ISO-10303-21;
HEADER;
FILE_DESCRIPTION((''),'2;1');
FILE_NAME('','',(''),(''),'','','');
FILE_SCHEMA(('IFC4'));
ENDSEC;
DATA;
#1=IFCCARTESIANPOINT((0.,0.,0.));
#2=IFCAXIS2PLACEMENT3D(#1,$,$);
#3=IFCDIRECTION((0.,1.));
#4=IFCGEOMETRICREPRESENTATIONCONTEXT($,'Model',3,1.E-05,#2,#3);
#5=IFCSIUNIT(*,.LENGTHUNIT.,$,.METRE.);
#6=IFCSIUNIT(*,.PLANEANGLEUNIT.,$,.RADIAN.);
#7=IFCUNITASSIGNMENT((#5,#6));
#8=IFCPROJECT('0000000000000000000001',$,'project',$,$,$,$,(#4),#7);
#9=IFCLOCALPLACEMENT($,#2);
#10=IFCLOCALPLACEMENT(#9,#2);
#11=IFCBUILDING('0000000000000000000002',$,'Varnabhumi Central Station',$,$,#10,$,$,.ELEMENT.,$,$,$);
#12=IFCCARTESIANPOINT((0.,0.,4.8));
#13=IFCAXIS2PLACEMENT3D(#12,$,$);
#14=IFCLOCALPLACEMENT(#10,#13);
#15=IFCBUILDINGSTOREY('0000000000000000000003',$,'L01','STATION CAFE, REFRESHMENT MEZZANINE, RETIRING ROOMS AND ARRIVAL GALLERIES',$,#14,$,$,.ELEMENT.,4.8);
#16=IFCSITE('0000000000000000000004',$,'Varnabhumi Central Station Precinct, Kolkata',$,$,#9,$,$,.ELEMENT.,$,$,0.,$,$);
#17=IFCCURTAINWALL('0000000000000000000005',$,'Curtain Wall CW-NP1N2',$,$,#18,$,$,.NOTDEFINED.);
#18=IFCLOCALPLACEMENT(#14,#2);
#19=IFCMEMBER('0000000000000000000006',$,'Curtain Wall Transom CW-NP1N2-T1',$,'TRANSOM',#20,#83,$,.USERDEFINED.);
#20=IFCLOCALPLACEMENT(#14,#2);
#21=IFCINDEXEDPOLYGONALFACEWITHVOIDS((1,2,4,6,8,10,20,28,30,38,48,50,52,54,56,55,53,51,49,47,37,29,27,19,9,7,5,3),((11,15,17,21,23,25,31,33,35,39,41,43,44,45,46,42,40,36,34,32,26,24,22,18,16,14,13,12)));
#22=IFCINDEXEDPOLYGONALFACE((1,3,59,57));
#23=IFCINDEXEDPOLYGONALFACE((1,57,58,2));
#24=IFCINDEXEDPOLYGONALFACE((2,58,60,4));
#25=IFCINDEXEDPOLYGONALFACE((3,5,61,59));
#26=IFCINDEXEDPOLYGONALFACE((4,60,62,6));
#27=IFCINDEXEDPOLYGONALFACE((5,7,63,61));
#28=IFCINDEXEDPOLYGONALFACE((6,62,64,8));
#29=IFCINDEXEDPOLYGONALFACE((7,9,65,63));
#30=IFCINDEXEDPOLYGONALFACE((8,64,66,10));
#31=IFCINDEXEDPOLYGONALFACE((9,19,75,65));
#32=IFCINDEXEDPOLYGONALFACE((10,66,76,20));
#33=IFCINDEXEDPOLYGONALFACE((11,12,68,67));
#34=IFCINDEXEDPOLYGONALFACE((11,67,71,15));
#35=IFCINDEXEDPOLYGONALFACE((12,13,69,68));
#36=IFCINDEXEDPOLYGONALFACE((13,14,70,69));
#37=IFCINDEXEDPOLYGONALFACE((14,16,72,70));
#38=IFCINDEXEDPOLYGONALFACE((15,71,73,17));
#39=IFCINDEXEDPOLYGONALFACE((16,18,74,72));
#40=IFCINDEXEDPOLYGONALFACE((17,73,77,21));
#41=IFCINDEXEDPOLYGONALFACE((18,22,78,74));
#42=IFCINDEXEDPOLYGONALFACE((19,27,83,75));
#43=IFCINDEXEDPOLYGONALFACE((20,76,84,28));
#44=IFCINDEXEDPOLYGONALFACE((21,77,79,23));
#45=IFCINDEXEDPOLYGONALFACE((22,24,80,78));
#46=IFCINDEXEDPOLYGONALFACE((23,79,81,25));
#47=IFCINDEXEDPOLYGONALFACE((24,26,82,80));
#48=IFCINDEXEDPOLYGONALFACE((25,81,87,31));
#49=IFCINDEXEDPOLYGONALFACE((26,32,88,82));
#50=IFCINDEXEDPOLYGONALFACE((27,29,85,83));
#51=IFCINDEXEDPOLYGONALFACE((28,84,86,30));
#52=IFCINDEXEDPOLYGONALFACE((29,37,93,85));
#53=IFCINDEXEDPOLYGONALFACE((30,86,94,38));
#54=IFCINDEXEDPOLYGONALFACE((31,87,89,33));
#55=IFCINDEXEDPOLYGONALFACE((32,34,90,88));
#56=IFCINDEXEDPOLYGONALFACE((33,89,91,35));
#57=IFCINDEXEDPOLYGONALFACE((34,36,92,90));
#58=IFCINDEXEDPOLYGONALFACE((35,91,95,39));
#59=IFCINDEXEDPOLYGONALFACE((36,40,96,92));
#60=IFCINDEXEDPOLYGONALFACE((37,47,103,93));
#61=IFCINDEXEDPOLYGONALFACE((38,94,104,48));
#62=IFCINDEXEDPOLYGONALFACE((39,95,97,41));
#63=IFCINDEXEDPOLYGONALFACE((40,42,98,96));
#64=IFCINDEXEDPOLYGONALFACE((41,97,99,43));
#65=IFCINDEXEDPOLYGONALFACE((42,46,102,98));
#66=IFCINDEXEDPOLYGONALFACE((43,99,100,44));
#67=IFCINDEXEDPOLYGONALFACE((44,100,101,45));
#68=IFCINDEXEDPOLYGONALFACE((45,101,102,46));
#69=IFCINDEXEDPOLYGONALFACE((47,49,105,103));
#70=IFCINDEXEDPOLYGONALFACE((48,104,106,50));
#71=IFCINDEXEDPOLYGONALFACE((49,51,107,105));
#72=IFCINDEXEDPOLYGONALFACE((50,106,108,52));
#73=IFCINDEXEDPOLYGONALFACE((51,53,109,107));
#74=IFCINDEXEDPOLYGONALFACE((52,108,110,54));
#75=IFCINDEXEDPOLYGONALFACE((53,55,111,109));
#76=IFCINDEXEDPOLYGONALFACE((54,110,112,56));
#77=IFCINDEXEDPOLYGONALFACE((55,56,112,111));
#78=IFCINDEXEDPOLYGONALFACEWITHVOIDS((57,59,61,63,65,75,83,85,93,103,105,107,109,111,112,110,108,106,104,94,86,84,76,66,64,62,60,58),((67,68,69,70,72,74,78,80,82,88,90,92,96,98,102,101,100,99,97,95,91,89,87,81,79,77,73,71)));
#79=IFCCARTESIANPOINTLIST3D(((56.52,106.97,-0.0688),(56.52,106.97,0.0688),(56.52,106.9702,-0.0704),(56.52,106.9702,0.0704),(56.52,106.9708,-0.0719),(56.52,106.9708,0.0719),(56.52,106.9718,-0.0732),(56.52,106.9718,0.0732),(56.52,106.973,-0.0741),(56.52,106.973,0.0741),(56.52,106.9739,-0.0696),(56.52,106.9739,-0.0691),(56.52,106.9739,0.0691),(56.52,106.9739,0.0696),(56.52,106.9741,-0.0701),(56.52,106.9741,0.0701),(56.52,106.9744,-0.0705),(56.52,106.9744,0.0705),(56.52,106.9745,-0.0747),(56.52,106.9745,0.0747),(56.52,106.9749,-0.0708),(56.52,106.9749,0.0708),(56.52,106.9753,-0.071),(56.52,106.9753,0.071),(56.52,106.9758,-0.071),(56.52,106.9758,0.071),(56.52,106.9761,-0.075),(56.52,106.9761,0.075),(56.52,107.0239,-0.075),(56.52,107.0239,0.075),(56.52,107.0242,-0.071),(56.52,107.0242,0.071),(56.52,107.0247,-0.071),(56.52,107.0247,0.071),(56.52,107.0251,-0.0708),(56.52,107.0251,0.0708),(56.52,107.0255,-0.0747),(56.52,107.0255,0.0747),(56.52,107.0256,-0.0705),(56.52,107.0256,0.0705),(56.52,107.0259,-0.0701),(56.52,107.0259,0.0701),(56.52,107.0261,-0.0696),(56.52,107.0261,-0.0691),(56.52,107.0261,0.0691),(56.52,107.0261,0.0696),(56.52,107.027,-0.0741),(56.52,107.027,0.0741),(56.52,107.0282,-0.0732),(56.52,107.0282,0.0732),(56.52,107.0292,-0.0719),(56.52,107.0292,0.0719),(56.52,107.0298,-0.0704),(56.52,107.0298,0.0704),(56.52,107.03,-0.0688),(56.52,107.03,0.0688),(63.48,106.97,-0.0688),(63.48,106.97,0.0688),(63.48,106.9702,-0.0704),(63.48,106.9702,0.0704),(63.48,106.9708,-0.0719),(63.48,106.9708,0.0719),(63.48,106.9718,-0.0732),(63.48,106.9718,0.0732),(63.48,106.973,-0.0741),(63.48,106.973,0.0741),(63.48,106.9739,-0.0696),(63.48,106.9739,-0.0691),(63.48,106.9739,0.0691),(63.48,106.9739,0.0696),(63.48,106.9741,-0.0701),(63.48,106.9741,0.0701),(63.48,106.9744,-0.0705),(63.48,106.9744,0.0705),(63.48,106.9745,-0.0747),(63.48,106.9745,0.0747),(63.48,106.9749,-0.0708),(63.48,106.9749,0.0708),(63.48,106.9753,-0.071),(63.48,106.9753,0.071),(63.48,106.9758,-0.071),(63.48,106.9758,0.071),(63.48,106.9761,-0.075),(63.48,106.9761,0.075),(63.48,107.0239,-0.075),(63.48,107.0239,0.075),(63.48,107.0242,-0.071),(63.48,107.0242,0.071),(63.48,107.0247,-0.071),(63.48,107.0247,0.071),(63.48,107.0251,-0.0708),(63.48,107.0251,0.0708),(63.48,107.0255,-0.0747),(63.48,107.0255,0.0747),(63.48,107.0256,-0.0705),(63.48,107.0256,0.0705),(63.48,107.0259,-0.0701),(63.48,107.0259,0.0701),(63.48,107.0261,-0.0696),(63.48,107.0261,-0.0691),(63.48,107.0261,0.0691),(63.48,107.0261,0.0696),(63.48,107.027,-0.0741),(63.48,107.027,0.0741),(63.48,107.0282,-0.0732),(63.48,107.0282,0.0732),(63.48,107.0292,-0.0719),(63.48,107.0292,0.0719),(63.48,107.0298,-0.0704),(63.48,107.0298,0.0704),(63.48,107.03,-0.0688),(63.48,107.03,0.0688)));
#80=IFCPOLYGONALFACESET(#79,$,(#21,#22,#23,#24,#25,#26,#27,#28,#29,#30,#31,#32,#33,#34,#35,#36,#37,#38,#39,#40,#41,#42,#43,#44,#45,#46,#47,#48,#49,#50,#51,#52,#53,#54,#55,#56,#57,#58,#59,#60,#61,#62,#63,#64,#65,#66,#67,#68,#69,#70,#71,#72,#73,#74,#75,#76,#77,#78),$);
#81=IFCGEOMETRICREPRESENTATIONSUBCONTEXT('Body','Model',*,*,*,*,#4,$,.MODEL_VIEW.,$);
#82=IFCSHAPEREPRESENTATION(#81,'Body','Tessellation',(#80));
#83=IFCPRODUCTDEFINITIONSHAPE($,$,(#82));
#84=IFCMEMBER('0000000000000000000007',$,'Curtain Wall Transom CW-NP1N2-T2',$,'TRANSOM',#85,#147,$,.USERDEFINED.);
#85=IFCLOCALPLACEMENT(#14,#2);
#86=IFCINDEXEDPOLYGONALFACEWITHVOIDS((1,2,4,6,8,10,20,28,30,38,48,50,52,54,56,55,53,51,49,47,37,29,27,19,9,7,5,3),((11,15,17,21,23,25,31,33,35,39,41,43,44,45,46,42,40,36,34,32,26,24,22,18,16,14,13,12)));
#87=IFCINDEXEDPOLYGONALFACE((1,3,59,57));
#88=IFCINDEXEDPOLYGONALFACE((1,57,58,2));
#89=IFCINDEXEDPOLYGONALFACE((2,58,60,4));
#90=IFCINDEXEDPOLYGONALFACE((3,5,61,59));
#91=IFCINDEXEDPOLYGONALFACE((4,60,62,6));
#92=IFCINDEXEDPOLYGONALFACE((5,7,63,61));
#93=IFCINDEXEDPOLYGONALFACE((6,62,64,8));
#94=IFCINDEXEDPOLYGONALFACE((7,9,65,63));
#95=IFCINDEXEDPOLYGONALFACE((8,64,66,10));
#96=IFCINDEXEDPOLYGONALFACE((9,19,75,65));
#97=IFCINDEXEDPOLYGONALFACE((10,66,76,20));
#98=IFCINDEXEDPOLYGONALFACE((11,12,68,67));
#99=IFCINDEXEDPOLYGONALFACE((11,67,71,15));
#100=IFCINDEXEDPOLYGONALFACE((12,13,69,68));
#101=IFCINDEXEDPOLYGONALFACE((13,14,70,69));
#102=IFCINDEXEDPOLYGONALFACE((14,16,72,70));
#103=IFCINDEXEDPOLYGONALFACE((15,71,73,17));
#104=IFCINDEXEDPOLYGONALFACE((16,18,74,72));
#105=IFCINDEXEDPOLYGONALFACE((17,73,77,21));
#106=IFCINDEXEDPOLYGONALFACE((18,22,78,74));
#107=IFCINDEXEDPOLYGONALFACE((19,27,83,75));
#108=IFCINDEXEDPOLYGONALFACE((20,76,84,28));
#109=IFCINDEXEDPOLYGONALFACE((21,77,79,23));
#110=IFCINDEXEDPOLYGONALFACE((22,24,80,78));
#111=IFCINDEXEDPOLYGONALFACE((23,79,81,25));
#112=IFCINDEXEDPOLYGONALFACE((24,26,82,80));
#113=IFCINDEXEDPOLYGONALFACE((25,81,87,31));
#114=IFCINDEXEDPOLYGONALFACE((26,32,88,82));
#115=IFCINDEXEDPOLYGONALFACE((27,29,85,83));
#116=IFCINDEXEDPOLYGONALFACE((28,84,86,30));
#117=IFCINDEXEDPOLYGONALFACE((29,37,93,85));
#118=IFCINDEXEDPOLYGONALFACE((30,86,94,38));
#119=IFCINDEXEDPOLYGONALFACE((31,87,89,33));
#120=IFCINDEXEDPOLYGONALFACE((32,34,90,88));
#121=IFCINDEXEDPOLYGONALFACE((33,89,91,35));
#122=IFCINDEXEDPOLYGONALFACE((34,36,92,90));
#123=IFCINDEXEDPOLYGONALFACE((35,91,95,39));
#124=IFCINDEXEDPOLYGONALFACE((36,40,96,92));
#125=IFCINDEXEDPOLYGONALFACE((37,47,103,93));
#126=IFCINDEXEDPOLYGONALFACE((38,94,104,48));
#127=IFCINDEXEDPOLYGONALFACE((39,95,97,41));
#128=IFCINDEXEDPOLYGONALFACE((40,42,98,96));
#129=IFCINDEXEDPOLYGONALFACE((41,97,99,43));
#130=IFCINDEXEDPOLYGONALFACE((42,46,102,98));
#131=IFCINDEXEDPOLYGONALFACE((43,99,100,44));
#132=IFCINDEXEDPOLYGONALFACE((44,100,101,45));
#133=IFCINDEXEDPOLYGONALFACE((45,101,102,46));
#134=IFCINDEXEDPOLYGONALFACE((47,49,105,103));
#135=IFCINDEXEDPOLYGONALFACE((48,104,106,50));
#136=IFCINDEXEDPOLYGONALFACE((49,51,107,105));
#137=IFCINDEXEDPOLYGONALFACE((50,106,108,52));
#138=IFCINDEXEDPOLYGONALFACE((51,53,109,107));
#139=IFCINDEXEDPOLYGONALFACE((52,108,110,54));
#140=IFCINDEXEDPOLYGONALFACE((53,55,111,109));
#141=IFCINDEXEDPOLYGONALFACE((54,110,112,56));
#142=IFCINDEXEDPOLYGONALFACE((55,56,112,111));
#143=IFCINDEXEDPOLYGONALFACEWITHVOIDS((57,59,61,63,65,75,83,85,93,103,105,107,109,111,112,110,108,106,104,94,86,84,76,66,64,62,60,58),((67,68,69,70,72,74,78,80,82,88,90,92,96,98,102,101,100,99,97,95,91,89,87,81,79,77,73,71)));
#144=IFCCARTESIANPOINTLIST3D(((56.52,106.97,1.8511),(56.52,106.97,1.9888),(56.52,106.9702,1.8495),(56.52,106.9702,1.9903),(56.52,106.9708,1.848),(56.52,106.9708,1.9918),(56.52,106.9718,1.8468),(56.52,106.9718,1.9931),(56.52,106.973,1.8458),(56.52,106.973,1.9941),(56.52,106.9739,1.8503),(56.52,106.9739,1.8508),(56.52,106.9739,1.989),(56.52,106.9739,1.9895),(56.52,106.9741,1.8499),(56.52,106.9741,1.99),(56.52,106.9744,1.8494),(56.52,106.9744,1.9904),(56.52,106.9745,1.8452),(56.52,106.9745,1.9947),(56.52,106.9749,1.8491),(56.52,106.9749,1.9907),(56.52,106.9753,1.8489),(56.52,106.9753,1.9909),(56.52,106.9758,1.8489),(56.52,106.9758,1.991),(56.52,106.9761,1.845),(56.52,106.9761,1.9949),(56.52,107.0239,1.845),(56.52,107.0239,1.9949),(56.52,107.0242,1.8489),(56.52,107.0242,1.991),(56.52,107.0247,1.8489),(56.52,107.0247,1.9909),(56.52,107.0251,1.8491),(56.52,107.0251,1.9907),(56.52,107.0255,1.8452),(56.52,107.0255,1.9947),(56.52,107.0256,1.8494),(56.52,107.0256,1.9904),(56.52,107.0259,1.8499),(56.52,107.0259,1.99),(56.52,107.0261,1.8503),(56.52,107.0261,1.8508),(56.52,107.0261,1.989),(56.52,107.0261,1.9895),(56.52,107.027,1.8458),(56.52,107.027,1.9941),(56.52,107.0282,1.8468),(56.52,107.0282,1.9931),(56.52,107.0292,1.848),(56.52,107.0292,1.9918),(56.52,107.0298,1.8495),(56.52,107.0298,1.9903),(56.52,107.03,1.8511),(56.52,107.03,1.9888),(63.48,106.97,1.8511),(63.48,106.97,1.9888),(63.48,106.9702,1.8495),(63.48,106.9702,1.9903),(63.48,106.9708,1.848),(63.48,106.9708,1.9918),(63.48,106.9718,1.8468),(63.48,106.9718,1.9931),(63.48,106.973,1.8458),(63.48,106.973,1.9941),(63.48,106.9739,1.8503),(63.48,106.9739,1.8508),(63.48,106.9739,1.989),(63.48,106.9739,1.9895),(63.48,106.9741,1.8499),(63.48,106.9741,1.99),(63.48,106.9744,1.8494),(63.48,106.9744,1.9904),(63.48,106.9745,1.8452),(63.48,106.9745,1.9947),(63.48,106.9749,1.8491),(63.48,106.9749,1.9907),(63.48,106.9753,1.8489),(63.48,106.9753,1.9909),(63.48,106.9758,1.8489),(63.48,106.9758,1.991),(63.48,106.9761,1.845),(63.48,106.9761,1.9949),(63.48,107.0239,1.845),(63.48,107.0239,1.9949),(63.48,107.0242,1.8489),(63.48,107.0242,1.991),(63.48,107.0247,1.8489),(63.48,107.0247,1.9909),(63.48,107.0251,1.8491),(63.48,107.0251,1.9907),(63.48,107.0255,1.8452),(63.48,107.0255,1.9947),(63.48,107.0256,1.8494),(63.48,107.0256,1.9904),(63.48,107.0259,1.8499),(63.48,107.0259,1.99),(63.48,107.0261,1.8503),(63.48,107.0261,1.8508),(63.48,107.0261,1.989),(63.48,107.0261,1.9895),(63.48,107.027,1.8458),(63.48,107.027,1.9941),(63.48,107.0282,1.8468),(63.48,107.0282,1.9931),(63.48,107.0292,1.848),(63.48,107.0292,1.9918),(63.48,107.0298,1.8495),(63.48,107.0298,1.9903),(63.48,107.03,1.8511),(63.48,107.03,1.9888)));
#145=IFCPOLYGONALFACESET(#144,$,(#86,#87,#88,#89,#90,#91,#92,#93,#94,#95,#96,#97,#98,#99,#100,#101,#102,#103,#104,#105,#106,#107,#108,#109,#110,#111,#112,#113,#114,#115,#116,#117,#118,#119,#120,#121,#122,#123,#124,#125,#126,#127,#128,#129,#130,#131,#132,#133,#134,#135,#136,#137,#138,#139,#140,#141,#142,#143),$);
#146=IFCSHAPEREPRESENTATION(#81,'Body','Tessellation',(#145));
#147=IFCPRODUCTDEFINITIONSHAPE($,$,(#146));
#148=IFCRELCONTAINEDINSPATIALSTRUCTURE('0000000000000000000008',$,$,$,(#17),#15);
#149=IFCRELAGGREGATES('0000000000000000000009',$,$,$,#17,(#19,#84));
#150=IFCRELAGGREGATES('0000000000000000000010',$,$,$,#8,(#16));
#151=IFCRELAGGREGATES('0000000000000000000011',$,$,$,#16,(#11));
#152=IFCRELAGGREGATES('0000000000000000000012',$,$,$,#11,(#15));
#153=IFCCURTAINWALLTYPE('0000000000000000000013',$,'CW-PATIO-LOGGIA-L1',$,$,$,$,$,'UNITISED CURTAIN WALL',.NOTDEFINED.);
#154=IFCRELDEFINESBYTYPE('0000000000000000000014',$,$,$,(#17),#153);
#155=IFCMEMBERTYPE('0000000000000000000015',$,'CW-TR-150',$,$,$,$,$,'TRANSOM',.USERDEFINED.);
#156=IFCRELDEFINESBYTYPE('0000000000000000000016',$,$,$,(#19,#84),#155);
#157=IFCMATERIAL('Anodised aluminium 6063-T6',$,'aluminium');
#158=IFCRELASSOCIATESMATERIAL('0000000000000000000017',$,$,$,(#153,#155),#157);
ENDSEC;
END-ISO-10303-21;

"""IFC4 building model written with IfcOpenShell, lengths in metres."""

from ifc_helpers import new_model, si_unit, direction, frame, origin, origin_2d, place, context, subcontext, project, spatial, hollow_rectangle, extrude, material, material_profile, profile_set, type_object, element, aggregate, save


model = new_model("IFC4")

# Units and contexts
model_context = context("Model", 3, precision=1e-05, world=origin(), true_north=direction((0.0, 1.0)))
body_context = subcontext(model_context, "Body", "Model", "MODEL_VIEW")
ifc_project = project(units=[si_unit("LENGTHUNIT", "METRE"), si_unit("PLANEANGLEUNIT", "RADIAN")], contexts=[model_context])

# Site, building, storey
site_placement = place(None, origin())
site = spatial("IfcSite", under=ifc_project, at=site_placement, Name="Varnabhumi Central Station Precinct, Kolkata", CompositionType="ELEMENT", RefElevation=0.0)
building_placement = place(site_placement, origin())
building = spatial("IfcBuilding", under=site, at=building_placement, Name="Varnabhumi Central Station", CompositionType="ELEMENT")
storey_placement = place(building_placement, frame((0.0, 0.0, 4.8)))
storey = spatial("IfcBuildingStorey", under=building, at=storey_placement, Name="L01", Description="STATION CAFE, REFRESHMENT MEZZANINE, RETIRING ROOMS AND ARRIVAL GALLERIES", CompositionType="ELEMENT", Elevation=4.8)

# Curtain wall, members
ifc_material_1 = material(Name="Anodised aluminium 6063-T6", Category="aluminium")
curtain_wall_type = type_object("IfcCurtainWallType", Name="CW-PATIO-LOGGIA-L1", ElementType="UNITISED CURTAIN WALL", PredefinedType="NOTDEFINED", material=ifc_material_1)
curtain_wall_placement = place(storey_placement, origin())
curtain_wall = element("IfcCurtainWall", 1, at=curtain_wall_placement, inside=storey, type_object=curtain_wall_type, Name="Curtain Wall CW-NP1N2", PredefinedType="NOTDEFINED")
ifc_material_profile_1 = material_profile(ifc_material_1, hollow_rectangle(XDim=0.0601, YDim=0.1499, WallThickness=0.0039, InnerFilletRadius=0.002, OuterFilletRadius=0.0061, at=origin_2d()), Name="Anodised aluminium 6063-T6", Category="aluminium")
ifc_profile_set_1 = profile_set([ifc_material_profile_1], Name="Anodised aluminium 6063-T6")
member_type_1 = type_object("IfcMemberType", Name="CW-TR-150", ElementType="TRANSOM", PredefinedType="USERDEFINED", material=ifc_profile_set_1)
member_1_placement = place(storey_placement, frame((56.52, 107.0, 0.0), z_axis=(1.0, 0.0, 0.0), x_axis=(0.0, 1.0, 0.0)))
member_1 = element("IfcMember", 2, at=member_1_placement, type_object=member_type_1, Name="Curtain Wall Transom CW-NP1N2-T1", ObjectType="TRANSOM", PredefinedType="USERDEFINED", context=body_context, shape_type="SweptSolid", body=[
    extrude(hollow_rectangle(XDim=0.0601, YDim=0.1499, WallThickness=0.0039, InnerFilletRadius=0.002, OuterFilletRadius=0.0061, at=origin_2d()), origin(), (0.0, 0.0, 1.0), 6.96),
])
member_2_placement = place(storey_placement, frame((56.52, 107.0, 1.9199), z_axis=(1.0, 0.0, 0.0), x_axis=(0.0, 1.0, 0.0)))
member_2 = element("IfcMember", 3, at=member_2_placement, type_object=member_type_1, Name="Curtain Wall Transom CW-NP1N2-T2", ObjectType="TRANSOM", PredefinedType="USERDEFINED", context=body_context, shape_type="SweptSolid", body=[
    extrude(hollow_rectangle(XDim=0.0601, YDim=0.1499, WallThickness=0.0039, InnerFilletRadius=0.002, OuterFilletRadius=0.0061, at=origin_2d()), origin(), (0.0, 0.0, 1.0), 6.96),
])
aggregate(curtain_wall, [member_1, member_2])

save(model, "model.ifc")
